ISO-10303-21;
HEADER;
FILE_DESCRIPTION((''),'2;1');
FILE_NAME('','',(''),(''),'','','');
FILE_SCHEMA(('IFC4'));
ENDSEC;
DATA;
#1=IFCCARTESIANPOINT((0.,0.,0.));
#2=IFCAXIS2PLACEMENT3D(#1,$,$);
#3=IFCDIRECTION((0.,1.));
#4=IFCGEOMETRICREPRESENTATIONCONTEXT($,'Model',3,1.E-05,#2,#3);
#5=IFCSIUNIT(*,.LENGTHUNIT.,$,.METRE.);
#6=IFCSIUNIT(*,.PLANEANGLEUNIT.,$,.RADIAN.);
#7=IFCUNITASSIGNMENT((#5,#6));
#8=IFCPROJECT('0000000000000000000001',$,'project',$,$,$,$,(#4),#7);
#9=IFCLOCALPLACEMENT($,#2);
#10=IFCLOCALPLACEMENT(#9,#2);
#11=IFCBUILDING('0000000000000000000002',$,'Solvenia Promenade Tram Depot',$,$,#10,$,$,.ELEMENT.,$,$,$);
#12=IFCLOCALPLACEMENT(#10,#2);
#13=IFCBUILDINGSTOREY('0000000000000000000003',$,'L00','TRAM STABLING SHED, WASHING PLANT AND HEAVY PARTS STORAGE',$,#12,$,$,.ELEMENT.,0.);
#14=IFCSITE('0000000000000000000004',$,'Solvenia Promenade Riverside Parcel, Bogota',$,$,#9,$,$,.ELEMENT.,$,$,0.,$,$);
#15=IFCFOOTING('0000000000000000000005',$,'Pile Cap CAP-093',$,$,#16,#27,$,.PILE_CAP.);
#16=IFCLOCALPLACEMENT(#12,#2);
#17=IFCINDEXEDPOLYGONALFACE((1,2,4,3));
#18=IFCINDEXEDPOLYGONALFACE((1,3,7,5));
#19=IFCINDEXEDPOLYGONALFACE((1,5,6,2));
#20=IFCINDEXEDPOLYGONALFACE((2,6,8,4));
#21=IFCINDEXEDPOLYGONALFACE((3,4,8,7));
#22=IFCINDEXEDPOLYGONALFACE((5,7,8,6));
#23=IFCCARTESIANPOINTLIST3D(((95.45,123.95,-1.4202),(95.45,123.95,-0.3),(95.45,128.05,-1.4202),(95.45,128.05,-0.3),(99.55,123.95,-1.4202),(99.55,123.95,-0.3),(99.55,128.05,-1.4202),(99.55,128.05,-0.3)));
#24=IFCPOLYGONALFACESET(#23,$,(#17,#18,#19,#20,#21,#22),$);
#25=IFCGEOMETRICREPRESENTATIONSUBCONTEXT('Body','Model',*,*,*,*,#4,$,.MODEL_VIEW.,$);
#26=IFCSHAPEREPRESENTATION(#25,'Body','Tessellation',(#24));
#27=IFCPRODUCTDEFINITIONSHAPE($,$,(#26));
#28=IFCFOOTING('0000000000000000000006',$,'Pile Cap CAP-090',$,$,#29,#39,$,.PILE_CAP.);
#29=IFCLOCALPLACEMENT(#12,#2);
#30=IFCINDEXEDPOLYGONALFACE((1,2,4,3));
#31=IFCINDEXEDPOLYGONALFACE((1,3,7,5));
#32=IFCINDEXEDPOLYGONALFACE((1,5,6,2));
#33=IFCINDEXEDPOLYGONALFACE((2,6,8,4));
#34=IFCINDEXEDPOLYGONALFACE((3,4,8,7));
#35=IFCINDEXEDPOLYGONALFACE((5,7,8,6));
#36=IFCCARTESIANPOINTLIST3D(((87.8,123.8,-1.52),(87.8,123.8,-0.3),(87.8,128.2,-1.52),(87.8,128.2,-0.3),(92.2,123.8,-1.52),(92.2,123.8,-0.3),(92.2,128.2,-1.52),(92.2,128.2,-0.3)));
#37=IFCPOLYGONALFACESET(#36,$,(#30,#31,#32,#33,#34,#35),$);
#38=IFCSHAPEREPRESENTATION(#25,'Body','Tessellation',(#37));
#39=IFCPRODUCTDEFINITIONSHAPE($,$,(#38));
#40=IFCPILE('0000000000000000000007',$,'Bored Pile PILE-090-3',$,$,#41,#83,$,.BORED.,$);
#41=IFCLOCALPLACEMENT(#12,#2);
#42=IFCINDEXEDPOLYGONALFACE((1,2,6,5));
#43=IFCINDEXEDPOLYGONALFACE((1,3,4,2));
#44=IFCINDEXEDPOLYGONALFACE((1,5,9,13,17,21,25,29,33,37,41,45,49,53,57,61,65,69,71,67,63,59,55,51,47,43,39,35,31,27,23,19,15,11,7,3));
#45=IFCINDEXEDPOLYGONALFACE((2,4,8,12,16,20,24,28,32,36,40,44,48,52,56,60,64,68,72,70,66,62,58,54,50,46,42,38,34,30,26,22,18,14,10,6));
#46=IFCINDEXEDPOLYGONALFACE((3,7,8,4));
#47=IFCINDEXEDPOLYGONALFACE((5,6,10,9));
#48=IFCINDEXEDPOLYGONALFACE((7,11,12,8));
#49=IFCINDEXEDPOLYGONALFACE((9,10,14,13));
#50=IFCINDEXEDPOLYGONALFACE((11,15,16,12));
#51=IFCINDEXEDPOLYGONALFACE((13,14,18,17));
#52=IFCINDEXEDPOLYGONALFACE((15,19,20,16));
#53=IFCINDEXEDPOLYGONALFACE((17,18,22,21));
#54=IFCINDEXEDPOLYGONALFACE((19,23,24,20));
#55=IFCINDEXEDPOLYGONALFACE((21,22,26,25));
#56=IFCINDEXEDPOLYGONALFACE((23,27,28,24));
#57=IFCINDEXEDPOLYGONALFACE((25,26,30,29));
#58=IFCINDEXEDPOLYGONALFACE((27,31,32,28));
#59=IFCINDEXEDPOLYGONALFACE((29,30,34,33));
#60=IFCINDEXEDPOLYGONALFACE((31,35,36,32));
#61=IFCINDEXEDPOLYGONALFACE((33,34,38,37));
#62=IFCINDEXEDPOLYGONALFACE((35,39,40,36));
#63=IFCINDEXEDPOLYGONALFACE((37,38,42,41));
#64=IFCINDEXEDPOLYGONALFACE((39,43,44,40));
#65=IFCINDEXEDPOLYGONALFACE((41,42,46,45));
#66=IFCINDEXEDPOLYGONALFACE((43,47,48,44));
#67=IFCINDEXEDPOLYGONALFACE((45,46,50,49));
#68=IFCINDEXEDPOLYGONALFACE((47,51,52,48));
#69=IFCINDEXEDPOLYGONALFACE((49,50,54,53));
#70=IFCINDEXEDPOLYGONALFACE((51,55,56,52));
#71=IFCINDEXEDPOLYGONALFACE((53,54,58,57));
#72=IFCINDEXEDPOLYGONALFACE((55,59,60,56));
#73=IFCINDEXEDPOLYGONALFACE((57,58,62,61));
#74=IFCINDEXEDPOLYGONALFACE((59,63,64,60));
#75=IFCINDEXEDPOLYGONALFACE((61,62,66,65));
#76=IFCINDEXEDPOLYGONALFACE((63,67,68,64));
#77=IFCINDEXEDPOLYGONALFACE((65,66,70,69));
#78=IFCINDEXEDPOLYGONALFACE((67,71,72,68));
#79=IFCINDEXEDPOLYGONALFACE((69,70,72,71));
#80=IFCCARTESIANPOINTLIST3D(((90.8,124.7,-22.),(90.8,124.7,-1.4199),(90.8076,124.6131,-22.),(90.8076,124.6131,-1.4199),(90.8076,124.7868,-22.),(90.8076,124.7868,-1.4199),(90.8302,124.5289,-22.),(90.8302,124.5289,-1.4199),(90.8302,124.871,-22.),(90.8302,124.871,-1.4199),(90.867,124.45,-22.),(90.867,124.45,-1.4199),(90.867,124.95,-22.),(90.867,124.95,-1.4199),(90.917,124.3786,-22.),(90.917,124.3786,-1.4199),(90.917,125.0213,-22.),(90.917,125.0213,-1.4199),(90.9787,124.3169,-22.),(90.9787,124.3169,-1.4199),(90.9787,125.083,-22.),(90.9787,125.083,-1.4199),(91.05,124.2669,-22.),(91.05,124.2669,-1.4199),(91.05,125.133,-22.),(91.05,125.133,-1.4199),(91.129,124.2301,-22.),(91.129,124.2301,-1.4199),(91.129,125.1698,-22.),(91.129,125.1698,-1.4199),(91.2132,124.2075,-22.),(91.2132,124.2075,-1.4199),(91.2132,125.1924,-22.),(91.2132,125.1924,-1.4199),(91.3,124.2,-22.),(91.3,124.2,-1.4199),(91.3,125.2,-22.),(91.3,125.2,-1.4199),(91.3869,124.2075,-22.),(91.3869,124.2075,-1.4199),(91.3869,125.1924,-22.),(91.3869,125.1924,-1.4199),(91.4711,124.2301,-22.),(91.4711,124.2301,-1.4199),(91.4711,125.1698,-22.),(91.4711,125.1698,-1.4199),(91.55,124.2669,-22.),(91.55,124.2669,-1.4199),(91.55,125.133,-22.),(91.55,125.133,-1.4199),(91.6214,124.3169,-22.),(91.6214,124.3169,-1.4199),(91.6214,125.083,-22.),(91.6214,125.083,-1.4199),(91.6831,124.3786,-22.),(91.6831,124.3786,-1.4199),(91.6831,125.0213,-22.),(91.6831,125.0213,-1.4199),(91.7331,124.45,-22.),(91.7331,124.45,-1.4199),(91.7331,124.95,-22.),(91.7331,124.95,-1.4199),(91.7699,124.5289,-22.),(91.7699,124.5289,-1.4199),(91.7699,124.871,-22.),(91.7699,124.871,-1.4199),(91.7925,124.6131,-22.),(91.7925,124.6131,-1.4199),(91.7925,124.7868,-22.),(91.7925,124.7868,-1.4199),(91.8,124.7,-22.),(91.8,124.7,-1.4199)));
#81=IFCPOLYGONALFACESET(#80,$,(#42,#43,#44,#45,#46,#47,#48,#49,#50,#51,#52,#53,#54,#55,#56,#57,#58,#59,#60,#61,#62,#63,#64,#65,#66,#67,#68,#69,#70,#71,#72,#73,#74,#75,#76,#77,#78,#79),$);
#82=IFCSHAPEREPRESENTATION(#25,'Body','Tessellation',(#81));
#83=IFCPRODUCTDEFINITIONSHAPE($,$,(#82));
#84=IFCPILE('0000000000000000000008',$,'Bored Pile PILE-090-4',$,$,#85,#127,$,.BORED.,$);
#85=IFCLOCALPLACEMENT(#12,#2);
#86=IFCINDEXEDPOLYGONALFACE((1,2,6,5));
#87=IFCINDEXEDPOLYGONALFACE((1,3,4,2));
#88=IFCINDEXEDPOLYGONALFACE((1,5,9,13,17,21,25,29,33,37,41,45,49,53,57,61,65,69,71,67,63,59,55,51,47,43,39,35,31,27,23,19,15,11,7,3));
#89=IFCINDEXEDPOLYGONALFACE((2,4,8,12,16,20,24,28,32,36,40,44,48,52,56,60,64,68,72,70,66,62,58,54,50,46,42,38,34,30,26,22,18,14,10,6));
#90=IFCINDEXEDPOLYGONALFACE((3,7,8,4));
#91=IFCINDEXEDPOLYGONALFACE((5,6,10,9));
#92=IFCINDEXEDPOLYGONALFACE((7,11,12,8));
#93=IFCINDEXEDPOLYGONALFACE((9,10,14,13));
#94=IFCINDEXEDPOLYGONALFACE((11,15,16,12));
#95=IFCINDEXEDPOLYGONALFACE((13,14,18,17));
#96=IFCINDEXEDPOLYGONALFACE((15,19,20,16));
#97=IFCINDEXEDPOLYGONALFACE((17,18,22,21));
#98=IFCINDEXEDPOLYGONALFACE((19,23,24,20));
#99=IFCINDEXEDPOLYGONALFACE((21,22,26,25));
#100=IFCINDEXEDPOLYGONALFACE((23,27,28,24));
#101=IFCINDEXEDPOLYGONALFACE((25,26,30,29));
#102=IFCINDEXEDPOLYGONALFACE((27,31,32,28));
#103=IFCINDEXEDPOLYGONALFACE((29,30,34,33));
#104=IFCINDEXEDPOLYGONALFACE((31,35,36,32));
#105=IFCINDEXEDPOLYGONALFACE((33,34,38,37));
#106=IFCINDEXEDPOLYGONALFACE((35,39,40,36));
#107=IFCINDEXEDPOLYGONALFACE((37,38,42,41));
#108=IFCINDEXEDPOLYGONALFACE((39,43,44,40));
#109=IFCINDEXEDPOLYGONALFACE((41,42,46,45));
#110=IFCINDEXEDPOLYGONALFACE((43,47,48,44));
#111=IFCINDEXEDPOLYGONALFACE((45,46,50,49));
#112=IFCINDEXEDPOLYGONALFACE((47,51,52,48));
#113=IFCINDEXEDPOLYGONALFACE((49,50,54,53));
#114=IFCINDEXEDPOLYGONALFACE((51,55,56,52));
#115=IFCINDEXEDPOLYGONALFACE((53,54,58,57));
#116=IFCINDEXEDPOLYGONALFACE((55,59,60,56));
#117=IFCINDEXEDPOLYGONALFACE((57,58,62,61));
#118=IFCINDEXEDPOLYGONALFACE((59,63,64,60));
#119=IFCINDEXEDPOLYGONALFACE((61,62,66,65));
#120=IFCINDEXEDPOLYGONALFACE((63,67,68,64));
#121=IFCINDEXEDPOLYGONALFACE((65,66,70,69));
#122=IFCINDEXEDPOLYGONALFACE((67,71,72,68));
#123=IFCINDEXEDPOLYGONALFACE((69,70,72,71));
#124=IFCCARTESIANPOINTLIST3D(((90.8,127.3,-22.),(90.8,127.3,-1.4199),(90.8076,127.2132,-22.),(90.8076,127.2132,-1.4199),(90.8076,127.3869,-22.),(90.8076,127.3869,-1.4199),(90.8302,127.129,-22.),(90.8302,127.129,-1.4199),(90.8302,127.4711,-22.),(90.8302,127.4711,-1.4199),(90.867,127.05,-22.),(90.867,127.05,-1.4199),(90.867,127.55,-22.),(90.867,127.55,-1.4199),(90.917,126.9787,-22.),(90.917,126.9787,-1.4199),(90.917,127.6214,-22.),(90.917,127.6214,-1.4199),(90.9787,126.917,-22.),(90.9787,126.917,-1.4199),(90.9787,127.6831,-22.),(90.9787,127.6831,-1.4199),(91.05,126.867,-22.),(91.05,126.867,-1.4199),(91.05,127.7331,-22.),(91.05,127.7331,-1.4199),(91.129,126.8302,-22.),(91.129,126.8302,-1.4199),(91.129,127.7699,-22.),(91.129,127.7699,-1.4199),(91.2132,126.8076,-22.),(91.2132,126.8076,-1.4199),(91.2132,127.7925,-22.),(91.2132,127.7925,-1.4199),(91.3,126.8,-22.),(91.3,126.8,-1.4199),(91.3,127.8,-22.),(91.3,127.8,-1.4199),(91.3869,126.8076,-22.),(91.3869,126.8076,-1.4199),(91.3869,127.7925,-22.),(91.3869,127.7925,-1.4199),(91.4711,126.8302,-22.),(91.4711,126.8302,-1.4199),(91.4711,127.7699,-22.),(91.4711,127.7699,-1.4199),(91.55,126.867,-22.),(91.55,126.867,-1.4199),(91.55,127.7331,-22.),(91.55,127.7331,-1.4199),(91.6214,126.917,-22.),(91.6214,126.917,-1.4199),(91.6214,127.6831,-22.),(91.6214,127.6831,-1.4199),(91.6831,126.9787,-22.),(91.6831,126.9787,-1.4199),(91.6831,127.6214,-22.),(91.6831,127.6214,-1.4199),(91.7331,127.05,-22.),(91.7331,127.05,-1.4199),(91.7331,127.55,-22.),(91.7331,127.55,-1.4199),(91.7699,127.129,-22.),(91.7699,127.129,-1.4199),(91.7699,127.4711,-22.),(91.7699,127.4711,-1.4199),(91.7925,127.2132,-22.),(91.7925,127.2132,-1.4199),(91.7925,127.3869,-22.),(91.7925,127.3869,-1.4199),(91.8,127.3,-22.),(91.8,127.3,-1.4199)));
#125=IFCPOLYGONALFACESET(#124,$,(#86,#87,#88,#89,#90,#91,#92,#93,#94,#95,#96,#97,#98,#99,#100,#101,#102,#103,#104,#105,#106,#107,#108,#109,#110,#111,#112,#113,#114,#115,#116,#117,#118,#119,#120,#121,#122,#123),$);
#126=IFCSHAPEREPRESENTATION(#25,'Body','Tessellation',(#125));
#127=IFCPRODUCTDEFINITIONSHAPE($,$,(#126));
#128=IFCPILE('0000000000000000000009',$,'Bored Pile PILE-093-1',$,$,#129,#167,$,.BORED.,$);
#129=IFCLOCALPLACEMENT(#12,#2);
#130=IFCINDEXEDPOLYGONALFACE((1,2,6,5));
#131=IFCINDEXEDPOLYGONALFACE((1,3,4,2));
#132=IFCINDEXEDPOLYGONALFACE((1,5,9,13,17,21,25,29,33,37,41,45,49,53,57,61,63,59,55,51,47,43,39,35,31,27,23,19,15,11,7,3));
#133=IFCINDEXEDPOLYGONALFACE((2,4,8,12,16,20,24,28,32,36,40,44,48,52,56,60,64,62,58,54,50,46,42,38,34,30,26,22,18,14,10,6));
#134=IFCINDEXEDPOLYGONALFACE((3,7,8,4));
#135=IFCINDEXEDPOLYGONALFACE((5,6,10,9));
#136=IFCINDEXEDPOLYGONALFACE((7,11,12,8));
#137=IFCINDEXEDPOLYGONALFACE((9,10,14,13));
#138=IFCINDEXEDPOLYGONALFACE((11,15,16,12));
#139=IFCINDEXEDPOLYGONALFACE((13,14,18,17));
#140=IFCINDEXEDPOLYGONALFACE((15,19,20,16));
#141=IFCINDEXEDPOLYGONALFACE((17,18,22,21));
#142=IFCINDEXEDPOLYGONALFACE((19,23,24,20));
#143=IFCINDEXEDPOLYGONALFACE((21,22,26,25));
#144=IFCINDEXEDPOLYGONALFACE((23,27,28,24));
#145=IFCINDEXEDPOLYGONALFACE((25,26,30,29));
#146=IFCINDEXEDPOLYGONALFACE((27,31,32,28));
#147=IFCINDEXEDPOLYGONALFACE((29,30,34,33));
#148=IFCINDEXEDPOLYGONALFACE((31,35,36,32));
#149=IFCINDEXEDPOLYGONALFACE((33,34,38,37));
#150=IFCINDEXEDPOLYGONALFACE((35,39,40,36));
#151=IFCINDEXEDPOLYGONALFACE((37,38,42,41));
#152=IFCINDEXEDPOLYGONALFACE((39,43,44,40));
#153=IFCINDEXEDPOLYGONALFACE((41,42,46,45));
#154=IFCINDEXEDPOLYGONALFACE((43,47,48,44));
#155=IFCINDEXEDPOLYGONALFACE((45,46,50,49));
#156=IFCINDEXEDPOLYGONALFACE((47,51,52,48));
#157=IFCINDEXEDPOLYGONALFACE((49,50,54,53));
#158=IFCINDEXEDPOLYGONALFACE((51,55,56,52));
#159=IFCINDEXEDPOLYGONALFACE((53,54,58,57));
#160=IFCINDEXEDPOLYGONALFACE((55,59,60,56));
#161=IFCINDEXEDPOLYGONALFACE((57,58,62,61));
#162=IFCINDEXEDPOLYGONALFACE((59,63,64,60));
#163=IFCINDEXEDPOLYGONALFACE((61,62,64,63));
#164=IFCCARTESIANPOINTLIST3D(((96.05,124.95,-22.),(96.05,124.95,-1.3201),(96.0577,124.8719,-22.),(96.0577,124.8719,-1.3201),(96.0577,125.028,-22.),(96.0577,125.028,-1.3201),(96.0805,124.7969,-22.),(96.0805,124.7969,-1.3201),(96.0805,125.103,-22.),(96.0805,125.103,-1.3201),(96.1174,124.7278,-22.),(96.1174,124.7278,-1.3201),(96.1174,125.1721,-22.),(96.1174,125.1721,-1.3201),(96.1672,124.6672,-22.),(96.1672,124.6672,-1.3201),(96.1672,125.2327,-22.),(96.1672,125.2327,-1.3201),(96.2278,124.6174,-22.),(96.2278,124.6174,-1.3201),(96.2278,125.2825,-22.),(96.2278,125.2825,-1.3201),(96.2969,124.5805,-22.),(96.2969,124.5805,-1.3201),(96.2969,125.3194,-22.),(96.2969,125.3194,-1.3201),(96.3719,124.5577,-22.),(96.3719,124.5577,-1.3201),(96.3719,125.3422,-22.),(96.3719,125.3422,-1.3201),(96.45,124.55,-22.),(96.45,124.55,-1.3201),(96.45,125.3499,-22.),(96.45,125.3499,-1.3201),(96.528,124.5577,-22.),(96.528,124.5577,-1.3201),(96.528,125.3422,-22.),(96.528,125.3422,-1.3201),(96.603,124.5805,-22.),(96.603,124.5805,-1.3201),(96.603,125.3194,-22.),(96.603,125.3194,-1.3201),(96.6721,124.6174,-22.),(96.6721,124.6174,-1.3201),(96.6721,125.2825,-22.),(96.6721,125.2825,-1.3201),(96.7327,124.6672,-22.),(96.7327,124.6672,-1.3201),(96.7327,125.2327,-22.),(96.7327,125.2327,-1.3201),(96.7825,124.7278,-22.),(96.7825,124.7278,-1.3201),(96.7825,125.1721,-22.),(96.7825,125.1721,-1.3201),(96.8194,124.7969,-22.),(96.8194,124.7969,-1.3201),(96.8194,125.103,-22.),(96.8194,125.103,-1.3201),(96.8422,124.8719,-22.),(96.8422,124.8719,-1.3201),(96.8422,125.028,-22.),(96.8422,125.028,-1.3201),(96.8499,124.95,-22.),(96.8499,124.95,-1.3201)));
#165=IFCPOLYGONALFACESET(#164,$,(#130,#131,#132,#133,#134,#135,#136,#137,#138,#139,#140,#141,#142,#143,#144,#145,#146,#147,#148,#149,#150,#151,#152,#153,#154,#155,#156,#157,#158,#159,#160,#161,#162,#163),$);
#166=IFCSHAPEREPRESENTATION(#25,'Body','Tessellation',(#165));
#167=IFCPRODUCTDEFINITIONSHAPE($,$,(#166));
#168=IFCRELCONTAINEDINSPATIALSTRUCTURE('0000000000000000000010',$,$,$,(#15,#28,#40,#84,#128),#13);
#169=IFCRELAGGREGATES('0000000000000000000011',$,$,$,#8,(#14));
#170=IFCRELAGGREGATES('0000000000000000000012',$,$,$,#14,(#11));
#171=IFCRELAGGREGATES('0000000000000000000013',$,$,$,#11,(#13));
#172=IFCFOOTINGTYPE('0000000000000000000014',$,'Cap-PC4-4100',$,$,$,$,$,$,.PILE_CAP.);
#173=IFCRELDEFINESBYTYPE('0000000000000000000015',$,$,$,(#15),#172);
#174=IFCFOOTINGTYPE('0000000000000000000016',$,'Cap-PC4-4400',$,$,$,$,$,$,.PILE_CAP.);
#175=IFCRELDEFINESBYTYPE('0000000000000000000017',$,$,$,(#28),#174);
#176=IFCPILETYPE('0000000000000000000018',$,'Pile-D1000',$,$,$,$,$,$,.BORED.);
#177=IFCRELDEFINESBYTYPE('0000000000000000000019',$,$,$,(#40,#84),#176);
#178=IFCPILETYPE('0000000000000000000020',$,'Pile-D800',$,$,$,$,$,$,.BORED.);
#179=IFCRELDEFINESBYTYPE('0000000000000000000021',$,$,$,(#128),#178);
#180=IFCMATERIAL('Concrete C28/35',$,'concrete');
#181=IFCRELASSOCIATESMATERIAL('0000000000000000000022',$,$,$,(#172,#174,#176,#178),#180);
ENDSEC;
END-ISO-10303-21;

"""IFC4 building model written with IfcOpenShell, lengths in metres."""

from ifc_helpers import new_model, si_unit, direction, frame, origin, origin_2d, place, context, subcontext, project, spatial, rectangle, circle, extrude, material, material_profile, profile_set, type_object, element, save


model = new_model("IFC4")

# Units and contexts
model_context = context("Model", 3, precision=1e-05, world=origin(), true_north=direction((0.0, 1.0)))
body_context = subcontext(model_context, "Body", "Model", "MODEL_VIEW")
ifc_project = project(units=[si_unit("LENGTHUNIT", "METRE"), si_unit("PLANEANGLEUNIT", "RADIAN")], contexts=[model_context])

# Site, building, storey
site_placement = place(None, origin())
site = spatial("IfcSite", under=ifc_project, at=site_placement, Name="Solvenia Promenade Riverside Parcel, Bogota", CompositionType="ELEMENT", RefElevation=0.0)
building_placement = place(site_placement, origin())
building = spatial("IfcBuilding", under=site, at=building_placement, Name="Solvenia Promenade Tram Depot", CompositionType="ELEMENT")
storey_placement = place(building_placement, origin())
storey = spatial("IfcBuildingStorey", under=building, at=storey_placement, Name="L00", Description="TRAM STABLING SHED, WASHING PLANT AND HEAVY PARTS STORAGE", CompositionType="ELEMENT", Elevation=0.0)

# Footings
ifc_material_1 = material(Name="Concrete C28/35", Category="concrete")
footing_type_1 = type_object("IfcFootingType", Name="Cap-PC4-4100", PredefinedType="PILE_CAP", material=ifc_material_1)
footing_1_placement = place(storey_placement, frame((97.5, 126.0, -1.4202), z_axis=(0.0, 0.0, 1.0), x_axis=(1.0, 0.0, 0.0)))
element("IfcFooting", 1, at=footing_1_placement, inside=storey, type_object=footing_type_1, Name="Pile Cap CAP-093", PredefinedType="PILE_CAP", context=body_context, shape_type="SweptSolid", body=[
    extrude(rectangle(XDim=4.1001, YDim=4.1001, at=origin_2d()), origin(), (0.0, 0.0, 1.0), 1.1201),
])
footing_type_2 = type_object("IfcFootingType", Name="Cap-PC4-4400", PredefinedType="PILE_CAP", material=ifc_material_1)
footing_2_placement = place(storey_placement, frame((90.0, 126.0, -1.52), z_axis=(0.0, 0.0, 1.0), x_axis=(1.0, 0.0, 0.0)))
element("IfcFooting", 2, at=footing_2_placement, inside=storey, type_object=footing_type_2, Name="Pile Cap CAP-090", PredefinedType="PILE_CAP", context=body_context, shape_type="SweptSolid", body=[
    extrude(rectangle(XDim=4.3999, YDim=4.3999, at=origin_2d()), origin(), (0.0, 0.0, 1.0), 1.22),
])

# Piles
ifc_material_profile_1 = material_profile(ifc_material_1, circle(Radius=0.5, at=origin_2d()), Name="D1000", Category="concrete")
ifc_profile_set_1 = profile_set([ifc_material_profile_1], Name="Concrete C28/35")
pile_type_1 = type_object("IfcPileType", Name="Pile-D1000", PredefinedType="BORED", material=ifc_profile_set_1)
for number, where, z_axis, x_axis, name in (
    (3, (91.3, 124.7, -1.4199), (0.0, 0.0, -1.0), (1.0, 0.0, 0.0), "Bored Pile PILE-090-3"),
    (4, (91.3, 127.3, -1.4199), (0.0, 0.0, -1.0), (1.0, 0.0, 0.0), "Bored Pile PILE-090-4"),
):
    element("IfcPile", number, at=place(storey_placement, frame(where, z_axis=z_axis, x_axis=x_axis)), inside=storey, type_object=pile_type_1, Name=name, PredefinedType="BORED", context=body_context, shape_type="SweptSolid", body=[
        extrude(circle(Radius=0.5, at=origin_2d()), origin(), (0.0, 0.0, 1.0), 20.5801),
    ])
ifc_material_profile_2 = material_profile(ifc_material_1, circle(Radius=0.3999, at=origin_2d()), Name="D800", Category="concrete")
ifc_profile_set_2 = profile_set([ifc_material_profile_2], Name="Concrete C28/35")
pile_type_2 = type_object("IfcPileType", Name="Pile-D800", PredefinedType="BORED", material=ifc_profile_set_2)
for number, where, z_axis, x_axis, name in (
    (5, (96.45, 124.95, -1.3201), (0.0, 0.0, -1.0), (1.0, 0.0, 0.0), "Bored Pile PILE-093-1"),
):
    element("IfcPile", number, at=place(storey_placement, frame(where, z_axis=z_axis, x_axis=x_axis)), inside=storey, type_object=pile_type_2, Name=name, PredefinedType="BORED", context=body_context, shape_type="SweptSolid", body=[
        extrude(circle(Radius=0.3999, at=origin_2d()), origin(), (0.0, 0.0, 1.0), 20.6799),
    ])

save(model, "model.ifc")
